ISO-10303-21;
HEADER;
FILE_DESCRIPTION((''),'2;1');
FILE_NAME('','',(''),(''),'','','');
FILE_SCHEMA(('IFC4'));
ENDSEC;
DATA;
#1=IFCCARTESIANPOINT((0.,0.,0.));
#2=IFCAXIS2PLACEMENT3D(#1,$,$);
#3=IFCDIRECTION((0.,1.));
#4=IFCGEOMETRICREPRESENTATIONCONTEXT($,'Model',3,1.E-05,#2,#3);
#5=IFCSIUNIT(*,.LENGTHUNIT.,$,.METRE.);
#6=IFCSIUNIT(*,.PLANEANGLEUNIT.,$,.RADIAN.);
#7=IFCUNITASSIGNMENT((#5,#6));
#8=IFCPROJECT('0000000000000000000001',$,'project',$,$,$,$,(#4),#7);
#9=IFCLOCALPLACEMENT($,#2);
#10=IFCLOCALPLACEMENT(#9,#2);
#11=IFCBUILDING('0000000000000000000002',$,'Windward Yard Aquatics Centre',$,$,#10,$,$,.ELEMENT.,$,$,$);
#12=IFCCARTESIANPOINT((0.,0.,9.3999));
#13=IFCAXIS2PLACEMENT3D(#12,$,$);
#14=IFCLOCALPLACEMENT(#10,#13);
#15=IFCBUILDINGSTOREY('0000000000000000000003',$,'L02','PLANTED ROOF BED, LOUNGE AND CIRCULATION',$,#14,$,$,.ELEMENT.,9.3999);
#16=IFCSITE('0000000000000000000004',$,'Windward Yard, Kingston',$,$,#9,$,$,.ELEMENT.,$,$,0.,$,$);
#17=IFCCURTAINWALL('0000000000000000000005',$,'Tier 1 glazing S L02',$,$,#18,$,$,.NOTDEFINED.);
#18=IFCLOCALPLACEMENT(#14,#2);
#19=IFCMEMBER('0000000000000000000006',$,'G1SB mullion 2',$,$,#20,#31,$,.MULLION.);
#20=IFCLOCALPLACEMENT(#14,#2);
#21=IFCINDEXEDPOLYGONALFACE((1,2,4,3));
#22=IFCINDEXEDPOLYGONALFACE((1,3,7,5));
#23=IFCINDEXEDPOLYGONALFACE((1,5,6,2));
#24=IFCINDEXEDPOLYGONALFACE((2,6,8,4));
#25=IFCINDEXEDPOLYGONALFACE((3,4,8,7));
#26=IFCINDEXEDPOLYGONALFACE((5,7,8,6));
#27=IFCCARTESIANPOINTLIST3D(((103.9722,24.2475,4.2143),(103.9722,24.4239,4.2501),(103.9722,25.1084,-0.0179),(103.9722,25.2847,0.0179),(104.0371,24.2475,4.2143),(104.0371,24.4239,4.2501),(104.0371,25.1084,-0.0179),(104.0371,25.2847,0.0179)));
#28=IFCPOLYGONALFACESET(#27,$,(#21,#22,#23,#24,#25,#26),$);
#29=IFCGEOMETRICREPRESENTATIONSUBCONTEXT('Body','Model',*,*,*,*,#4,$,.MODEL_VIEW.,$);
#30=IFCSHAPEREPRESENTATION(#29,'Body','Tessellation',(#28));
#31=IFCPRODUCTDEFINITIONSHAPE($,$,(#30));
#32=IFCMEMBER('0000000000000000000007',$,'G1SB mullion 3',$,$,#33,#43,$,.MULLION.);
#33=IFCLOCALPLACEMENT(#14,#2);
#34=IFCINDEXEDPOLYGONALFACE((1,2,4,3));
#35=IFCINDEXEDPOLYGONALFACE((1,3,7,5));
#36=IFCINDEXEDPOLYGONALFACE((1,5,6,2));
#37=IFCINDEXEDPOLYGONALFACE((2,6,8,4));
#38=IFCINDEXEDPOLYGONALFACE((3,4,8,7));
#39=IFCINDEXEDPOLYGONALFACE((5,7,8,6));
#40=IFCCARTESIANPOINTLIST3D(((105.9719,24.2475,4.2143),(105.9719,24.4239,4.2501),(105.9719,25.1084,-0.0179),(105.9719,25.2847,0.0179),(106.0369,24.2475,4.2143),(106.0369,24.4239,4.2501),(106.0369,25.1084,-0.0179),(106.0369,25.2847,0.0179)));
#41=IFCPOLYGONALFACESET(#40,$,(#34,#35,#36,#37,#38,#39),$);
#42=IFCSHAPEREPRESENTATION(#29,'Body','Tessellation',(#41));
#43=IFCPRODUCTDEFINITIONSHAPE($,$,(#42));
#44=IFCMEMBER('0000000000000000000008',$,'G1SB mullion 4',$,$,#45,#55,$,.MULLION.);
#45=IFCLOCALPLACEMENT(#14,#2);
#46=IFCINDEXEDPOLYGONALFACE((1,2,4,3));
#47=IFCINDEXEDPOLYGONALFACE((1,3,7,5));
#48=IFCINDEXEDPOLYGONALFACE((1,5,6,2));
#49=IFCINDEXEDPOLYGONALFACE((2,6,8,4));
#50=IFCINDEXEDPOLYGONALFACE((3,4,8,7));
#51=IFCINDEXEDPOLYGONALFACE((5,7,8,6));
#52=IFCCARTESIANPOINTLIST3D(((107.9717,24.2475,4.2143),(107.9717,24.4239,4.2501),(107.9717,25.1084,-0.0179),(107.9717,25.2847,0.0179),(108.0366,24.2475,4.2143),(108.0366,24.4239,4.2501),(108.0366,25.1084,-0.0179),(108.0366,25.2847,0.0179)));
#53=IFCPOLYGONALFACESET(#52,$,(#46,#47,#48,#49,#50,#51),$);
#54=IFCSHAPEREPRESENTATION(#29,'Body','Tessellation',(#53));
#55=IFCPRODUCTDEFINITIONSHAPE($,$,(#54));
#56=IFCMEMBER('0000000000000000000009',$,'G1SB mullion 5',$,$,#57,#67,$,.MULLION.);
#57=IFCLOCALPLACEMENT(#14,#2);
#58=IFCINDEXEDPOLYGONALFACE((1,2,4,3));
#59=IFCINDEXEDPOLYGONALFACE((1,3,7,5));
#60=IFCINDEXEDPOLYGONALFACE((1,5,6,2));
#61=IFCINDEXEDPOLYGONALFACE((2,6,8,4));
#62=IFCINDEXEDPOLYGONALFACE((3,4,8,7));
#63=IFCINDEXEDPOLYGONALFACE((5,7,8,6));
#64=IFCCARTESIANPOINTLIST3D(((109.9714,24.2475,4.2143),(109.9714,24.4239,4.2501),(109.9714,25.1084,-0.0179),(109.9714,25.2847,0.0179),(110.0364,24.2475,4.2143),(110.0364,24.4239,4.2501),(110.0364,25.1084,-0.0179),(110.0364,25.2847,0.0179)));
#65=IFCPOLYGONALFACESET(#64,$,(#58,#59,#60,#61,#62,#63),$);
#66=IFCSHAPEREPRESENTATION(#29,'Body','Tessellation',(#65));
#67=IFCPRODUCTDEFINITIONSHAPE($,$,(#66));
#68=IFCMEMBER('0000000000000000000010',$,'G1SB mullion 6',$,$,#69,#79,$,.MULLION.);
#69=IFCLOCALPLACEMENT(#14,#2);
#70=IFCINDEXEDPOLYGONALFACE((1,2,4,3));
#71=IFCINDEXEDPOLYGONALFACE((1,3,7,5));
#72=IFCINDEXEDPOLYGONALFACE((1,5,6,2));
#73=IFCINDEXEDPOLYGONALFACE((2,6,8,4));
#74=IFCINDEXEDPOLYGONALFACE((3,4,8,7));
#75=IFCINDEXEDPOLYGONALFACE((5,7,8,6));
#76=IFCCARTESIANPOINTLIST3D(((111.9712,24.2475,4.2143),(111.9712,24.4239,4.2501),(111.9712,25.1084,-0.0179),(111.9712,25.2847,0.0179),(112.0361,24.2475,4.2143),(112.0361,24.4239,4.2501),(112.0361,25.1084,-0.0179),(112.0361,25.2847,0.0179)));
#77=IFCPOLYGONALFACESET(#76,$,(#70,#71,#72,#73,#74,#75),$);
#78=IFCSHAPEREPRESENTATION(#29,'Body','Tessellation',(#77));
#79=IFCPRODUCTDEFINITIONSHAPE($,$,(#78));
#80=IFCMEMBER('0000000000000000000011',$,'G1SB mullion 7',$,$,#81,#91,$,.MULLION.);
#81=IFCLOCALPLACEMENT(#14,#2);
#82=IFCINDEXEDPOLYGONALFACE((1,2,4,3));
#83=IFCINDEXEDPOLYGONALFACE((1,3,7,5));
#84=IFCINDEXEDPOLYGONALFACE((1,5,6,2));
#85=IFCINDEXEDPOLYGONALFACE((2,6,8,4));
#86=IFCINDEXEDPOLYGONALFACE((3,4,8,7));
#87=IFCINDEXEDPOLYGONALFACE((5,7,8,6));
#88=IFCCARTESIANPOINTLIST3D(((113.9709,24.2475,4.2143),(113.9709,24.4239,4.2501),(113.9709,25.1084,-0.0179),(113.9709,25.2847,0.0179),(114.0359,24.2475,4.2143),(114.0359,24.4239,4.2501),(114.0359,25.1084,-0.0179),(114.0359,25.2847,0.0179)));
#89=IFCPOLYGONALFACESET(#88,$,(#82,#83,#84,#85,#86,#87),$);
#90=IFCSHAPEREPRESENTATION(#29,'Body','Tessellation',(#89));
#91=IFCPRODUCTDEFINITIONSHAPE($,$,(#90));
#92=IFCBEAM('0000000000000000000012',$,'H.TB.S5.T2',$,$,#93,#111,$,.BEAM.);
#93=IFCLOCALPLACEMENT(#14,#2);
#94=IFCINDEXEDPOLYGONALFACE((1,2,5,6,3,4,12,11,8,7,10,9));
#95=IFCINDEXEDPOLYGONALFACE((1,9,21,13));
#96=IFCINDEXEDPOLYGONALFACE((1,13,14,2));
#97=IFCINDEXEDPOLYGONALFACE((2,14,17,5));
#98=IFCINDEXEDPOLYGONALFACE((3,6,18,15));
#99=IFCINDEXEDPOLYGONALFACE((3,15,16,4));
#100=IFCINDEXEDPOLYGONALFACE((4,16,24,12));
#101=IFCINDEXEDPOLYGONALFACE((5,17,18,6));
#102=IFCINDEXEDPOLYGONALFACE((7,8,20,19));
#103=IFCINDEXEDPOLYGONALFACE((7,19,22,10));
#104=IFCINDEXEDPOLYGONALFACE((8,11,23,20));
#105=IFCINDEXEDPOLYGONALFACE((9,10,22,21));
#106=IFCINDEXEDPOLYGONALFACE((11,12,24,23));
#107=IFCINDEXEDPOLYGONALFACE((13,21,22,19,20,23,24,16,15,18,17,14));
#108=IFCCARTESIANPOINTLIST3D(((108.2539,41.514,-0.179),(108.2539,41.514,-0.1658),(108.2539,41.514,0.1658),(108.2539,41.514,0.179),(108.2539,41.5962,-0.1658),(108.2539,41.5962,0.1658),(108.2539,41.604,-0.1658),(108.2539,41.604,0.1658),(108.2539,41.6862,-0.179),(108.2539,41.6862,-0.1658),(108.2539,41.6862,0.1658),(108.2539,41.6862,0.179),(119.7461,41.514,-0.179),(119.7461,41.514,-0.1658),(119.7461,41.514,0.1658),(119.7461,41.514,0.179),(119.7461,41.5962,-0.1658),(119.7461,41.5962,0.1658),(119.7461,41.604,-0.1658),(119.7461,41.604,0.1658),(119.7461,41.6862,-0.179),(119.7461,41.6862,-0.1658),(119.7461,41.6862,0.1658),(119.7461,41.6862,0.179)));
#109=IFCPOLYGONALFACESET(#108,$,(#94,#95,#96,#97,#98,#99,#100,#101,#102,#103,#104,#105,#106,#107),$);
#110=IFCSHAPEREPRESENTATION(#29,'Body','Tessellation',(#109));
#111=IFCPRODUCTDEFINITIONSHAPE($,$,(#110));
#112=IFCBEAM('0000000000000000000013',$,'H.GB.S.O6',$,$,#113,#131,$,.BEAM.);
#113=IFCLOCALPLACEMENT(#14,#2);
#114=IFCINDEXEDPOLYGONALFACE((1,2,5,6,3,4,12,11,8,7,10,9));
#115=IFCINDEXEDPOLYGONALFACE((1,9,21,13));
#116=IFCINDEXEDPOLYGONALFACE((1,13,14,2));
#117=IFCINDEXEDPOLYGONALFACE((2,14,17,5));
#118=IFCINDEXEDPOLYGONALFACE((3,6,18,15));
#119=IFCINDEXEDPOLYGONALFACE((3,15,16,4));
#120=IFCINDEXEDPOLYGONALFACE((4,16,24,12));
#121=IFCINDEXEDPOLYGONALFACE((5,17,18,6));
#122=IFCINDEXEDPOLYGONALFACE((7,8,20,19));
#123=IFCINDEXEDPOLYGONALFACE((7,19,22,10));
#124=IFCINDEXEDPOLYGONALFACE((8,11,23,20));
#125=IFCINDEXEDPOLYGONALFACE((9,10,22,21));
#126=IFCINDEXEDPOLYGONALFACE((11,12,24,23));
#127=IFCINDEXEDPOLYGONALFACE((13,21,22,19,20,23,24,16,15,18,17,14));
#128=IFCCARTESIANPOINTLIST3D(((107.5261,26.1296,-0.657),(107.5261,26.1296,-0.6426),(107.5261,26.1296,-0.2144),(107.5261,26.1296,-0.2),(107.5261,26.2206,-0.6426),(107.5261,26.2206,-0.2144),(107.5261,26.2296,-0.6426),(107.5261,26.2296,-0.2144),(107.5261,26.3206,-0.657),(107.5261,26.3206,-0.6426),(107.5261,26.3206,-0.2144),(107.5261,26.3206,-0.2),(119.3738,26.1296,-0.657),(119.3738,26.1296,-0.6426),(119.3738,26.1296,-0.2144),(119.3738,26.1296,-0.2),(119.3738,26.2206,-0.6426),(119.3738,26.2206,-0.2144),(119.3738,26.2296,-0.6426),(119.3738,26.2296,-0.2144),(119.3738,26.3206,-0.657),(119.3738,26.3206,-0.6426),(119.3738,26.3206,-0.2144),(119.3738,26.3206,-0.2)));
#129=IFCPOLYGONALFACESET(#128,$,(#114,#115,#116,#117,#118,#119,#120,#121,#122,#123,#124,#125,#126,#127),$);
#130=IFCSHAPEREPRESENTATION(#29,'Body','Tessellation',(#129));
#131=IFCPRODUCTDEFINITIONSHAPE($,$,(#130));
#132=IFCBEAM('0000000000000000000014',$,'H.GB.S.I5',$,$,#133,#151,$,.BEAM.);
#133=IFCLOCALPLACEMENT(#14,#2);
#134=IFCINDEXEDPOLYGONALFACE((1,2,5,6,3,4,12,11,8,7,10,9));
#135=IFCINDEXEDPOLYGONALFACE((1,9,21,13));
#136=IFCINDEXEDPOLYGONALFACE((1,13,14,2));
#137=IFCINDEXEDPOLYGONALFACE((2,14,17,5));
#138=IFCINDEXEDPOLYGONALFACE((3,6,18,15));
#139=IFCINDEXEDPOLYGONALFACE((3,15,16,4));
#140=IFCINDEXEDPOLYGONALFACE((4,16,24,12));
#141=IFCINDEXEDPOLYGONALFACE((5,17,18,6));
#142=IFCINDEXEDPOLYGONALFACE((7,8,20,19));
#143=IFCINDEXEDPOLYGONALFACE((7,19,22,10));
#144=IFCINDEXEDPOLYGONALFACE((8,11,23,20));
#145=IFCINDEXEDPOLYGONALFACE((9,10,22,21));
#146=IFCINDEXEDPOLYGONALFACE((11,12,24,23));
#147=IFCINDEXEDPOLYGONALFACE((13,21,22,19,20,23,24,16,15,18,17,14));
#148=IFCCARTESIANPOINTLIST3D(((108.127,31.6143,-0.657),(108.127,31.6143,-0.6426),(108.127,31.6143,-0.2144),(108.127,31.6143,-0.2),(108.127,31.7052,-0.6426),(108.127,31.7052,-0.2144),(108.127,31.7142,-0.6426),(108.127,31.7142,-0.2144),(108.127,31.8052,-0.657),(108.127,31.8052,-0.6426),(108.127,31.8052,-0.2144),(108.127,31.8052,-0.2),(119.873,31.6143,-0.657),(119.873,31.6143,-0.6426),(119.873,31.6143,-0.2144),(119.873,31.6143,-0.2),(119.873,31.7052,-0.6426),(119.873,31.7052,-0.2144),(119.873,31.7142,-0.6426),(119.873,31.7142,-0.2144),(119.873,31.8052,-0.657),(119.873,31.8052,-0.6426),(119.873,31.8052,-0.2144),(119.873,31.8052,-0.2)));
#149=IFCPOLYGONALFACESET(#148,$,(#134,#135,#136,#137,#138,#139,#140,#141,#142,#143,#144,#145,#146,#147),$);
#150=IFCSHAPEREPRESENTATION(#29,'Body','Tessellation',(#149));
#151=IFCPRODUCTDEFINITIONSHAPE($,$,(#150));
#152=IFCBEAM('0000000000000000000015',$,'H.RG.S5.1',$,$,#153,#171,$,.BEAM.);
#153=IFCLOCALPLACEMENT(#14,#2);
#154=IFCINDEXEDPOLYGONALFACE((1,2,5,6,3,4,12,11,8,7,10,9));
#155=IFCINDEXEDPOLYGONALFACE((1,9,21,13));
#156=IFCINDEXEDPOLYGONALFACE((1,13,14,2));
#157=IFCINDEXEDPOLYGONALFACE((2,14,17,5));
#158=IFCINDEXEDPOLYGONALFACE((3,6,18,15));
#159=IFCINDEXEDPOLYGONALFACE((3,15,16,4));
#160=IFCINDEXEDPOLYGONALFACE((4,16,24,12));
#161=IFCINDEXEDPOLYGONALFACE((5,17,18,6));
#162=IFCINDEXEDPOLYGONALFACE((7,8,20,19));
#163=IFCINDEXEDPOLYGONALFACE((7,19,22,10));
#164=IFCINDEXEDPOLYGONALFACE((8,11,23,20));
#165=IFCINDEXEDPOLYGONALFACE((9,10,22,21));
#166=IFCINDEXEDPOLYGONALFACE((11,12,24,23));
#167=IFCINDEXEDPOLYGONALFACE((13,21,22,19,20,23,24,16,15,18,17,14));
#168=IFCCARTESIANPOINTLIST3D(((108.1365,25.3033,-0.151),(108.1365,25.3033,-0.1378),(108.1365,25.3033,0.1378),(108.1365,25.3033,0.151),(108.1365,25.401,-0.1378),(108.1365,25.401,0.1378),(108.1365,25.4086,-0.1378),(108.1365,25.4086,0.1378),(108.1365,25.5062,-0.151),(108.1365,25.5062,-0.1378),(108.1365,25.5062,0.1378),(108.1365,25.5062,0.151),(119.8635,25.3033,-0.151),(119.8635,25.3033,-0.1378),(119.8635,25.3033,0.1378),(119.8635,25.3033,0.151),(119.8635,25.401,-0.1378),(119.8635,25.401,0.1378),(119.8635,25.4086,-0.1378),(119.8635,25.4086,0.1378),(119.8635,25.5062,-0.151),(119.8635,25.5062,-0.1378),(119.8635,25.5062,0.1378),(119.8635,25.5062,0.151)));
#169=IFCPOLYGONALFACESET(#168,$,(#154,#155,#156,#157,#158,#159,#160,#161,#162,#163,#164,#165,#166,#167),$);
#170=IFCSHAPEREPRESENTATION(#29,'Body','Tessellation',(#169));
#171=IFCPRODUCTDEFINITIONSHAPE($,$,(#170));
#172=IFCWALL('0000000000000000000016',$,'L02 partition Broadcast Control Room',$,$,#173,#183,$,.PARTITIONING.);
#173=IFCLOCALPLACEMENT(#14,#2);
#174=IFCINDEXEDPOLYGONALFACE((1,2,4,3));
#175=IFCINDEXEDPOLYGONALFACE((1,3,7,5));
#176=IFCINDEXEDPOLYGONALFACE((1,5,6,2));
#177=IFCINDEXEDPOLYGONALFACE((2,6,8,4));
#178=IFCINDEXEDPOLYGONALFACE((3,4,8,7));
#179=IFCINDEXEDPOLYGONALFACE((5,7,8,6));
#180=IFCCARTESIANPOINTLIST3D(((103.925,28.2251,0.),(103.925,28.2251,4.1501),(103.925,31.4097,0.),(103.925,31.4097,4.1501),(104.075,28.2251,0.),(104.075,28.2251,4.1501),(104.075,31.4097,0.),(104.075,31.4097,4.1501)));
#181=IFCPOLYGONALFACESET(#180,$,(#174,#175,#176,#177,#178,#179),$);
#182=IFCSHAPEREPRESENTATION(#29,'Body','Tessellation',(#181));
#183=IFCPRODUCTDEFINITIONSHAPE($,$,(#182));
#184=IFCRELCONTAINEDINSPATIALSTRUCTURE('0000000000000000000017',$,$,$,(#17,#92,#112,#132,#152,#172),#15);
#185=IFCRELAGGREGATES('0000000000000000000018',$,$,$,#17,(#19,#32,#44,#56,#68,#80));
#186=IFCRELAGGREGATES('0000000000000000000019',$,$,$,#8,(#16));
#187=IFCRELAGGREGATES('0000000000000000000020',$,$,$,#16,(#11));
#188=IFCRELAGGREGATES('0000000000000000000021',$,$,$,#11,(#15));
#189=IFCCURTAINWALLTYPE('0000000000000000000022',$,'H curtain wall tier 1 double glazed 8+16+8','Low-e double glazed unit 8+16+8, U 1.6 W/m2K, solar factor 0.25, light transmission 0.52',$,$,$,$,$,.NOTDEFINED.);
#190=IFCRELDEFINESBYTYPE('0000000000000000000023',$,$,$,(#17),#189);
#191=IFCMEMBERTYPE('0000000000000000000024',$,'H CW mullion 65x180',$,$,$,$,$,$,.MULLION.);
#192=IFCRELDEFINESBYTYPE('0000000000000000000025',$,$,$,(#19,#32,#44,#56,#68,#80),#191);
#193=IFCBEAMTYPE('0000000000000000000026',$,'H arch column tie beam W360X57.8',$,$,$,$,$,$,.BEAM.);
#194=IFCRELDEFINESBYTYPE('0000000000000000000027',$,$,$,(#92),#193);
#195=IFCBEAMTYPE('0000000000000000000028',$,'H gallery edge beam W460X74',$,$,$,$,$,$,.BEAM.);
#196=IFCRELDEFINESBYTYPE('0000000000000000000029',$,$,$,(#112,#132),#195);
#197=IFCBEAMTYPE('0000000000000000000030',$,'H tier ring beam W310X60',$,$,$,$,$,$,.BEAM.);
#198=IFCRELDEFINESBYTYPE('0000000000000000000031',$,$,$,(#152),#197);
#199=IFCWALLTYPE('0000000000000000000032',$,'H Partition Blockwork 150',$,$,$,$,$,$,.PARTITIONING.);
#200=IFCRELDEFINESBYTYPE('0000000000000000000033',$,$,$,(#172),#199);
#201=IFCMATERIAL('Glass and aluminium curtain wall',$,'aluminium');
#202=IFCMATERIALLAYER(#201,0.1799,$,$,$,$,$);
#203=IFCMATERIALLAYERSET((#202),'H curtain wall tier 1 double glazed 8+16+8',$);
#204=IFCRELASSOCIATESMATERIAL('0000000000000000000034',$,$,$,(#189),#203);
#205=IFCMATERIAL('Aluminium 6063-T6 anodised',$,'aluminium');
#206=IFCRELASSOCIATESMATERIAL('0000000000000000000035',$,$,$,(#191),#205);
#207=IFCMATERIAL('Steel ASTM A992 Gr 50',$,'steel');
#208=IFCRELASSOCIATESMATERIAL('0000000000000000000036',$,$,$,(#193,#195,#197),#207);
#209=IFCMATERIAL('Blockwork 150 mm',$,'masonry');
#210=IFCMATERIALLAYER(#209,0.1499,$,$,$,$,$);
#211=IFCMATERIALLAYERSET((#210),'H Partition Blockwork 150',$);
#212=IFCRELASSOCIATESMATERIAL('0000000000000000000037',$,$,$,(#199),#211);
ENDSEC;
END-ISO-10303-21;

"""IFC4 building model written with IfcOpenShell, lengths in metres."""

from ifc_helpers import new_model, si_unit, direction, frame, frame_2d, origin, origin_2d, place, context, subcontext, project, spatial, rectangle, i_section, extrude, material, layer, layer_set, material_profile, profile_set, type_object, element, aggregate, save


model = new_model("IFC4")

# Units and contexts
model_context = context("Model", 3, precision=1e-05, world=origin(), true_north=direction((0.0, 1.0)))
body_context = subcontext(model_context, "Body", "Model", "MODEL_VIEW")
ifc_project = project(units=[si_unit("LENGTHUNIT", "METRE"), si_unit("PLANEANGLEUNIT", "RADIAN")], contexts=[model_context])

# Site, building, storey
site_placement = place(None, origin())
site = spatial("IfcSite", under=ifc_project, at=site_placement, Name="Windward Yard, Kingston", CompositionType="ELEMENT", RefElevation=0.0)
building_placement = place(site_placement, origin())
building = spatial("IfcBuilding", under=site, at=building_placement, Name="Windward Yard Aquatics Centre", CompositionType="ELEMENT")
storey_placement = place(building_placement, frame((0.0, 0.0, 9.3999)))
storey = spatial("IfcBuildingStorey", under=building, at=storey_placement, Name="L02", Description="PLANTED ROOF BED, LOUNGE AND CIRCULATION", CompositionType="ELEMENT", Elevation=9.3999)

# Curtain wall, members
ifc_material_1 = material(Name="Glass and aluminium curtain wall", Category="aluminium")
ifc_layer_1 = layer(ifc_material_1, 0.1799)
ifc_layer_set_1 = layer_set([ifc_layer_1], Name="H curtain wall tier 1 double glazed 8+16+8")
curtain_wall_type = type_object("IfcCurtainWallType", Name="H curtain wall tier 1 double glazed 8+16+8", Description="Low-e double glazed unit 8+16+8, U 1.6 W/m2K, solar factor 0.25, light transmission 0.52", PredefinedType="NOTDEFINED", material=ifc_layer_set_1)
curtain_wall_placement = place(storey_placement, origin())
curtain_wall = element("IfcCurtainWall", 1, at=curtain_wall_placement, inside=storey, type_object=curtain_wall_type, Name="Tier 1 glazing S L02", PredefinedType="NOTDEFINED")
ifc_material_2 = material(Name="Aluminium 6063-T6 anodised", Category="aluminium")
ifc_material_profile_1 = material_profile(ifc_material_2, rectangle(XDim=0.0649, YDim=0.1799, at=origin_2d()), Name="H CW mullion 65x180")
ifc_profile_set_1 = profile_set([ifc_material_profile_1], Name="Aluminium 6063-T6 anodised")
member_type = type_object("IfcMemberType", Name="H CW mullion 65x180", PredefinedType="MULLION", material=ifc_profile_set_1)
member_1_placement = place(storey_placement, frame((104.0046, 25.1965, 0.0), z_axis=(0.0, -0.199322, 0.979934), x_axis=(1.0, 0.0, 0.0)))
member_1 = element("IfcMember", 2, at=member_1_placement, type_object=member_type, Name="G1SB mullion 2", PredefinedType="MULLION", context=body_context, shape_type="SweptSolid", body=[
    extrude(rectangle(XDim=0.0649, YDim=0.1799, at=origin_2d()), origin(), (0.0, 0.0, 1.0), 4.3188),
])
member_2_placement = place(storey_placement, frame((106.0044, 25.1965, 0.0), z_axis=(0.0, -0.199322, 0.979934), x_axis=(1.0, 0.0, 0.0)))
member_2 = element("IfcMember", 3, at=member_2_placement, type_object=member_type, Name="G1SB mullion 3", PredefinedType="MULLION", context=body_context, shape_type="SweptSolid", body=[
    extrude(rectangle(XDim=0.0649, YDim=0.1799, at=origin_2d()), origin(), (0.0, 0.0, 1.0), 4.3188),
])
member_3_placement = place(storey_placement, frame((108.0042, 25.1965, 0.0), z_axis=(0.0, -0.199322, 0.979934), x_axis=(1.0, 0.0, 0.0)))
member_3 = element("IfcMember", 4, at=member_3_placement, type_object=member_type, Name="G1SB mullion 4", PredefinedType="MULLION", context=body_context, shape_type="SweptSolid", body=[
    extrude(rectangle(XDim=0.0649, YDim=0.1799, at=origin_2d()), origin(), (0.0, 0.0, 1.0), 4.3188),
])
member_4_placement = place(storey_placement, frame((110.0039, 25.1965, 0.0), z_axis=(0.0, -0.199322, 0.979934), x_axis=(1.0, 0.0, 0.0)))
member_4 = element("IfcMember", 5, at=member_4_placement, type_object=member_type, Name="G1SB mullion 5", PredefinedType="MULLION", context=body_context, shape_type="SweptSolid", body=[
    extrude(rectangle(XDim=0.0649, YDim=0.1799, at=origin_2d()), origin(), (0.0, 0.0, 1.0), 4.3188),
])
member_5_placement = place(storey_placement, frame((112.0037, 25.1965, 0.0), z_axis=(0.0, -0.199322, 0.979934), x_axis=(1.0, 0.0, 0.0)))
member_5 = element("IfcMember", 6, at=member_5_placement, type_object=member_type, Name="G1SB mullion 6", PredefinedType="MULLION", context=body_context, shape_type="SweptSolid", body=[
    extrude(rectangle(XDim=0.0649, YDim=0.1799, at=origin_2d()), origin(), (0.0, 0.0, 1.0), 4.3188),
])
member_6_placement = place(storey_placement, frame((114.0034, 25.1965, 0.0), z_axis=(0.0, -0.199322, 0.979934), x_axis=(1.0, 0.0, 0.0)))
member_6 = element("IfcMember", 7, at=member_6_placement, type_object=member_type, Name="G1SB mullion 7", PredefinedType="MULLION", context=body_context, shape_type="SweptSolid", body=[
    extrude(rectangle(XDim=0.0649, YDim=0.1799, at=origin_2d()), origin(), (0.0, 0.0, 1.0), 4.3188),
])
aggregate(curtain_wall, [member_1, member_2, member_3, member_4, member_5, member_6])

# Beams
ifc_material_3 = material(Name="Steel ASTM A992 Gr 50", Category="steel")
ifc_material_profile_2 = material_profile(ifc_material_3, i_section(OverallWidth=0.1721, OverallDepth=0.3579, WebThickness=0.0078, FlangeThickness=0.0132, at=origin_2d()), Name="W360X57.8")
ifc_profile_set_2 = profile_set([ifc_material_profile_2], Name="Steel ASTM A992 Gr 50")
beam_type_1 = type_object("IfcBeamType", Name="H arch column tie beam W360X57.8", PredefinedType="BEAM", material=ifc_profile_set_2)
beam_1_placement = place(storey_placement, frame((108.2539, 41.6001, 0.0), z_axis=(1.0, 0.0, 0.0), x_axis=(0.0, 1.0, 0.0)))
element("IfcBeam", 8, at=beam_1_placement, inside=storey, type_object=beam_type_1, Name="H.TB.S5.T2", PredefinedType="BEAM", context=body_context, shape_type="SweptSolid", body=[
    extrude(i_section(OverallWidth=0.1721, OverallDepth=0.3579, WebThickness=0.0078, FlangeThickness=0.0132, at=origin_2d()), origin(), (0.0, 0.0, 1.0), 11.4922),
])
ifc_material_profile_3 = material_profile(ifc_material_3, i_section(OverallWidth=0.1909, OverallDepth=0.457, WebThickness=0.009, FlangeThickness=0.0144, at=origin_2d()), Name="W460X74")
ifc_profile_set_3 = profile_set([ifc_material_profile_3], Name="Steel ASTM A992 Gr 50")
beam_type_2 = type_object("IfcBeamType", Name="H gallery edge beam W460X74", PredefinedType="BEAM", material=ifc_profile_set_3)
beam_2_placement = place(storey_placement, frame((107.5261, 26.2251, -0.4285), z_axis=(1.0, 0.0, 0.0), x_axis=(0.0, 1.0, 0.0)))
element("IfcBeam", 9, at=beam_2_placement, inside=storey, type_object=beam_type_2, Name="H.GB.S.O6", PredefinedType="BEAM", context=body_context, shape_type="SweptSolid", body=[
    extrude(i_section(OverallWidth=0.1909, OverallDepth=0.457, WebThickness=0.009, FlangeThickness=0.0144, at=origin_2d()), origin(), (0.0, 0.0, 1.0), 11.8477),
])
beam_3_placement = place(storey_placement, frame((108.127, 31.7097, -0.4285), z_axis=(1.0, 0.0, 0.0), x_axis=(0.0, 1.0, 0.0)))
element("IfcBeam", 10, at=beam_3_placement, inside=storey, type_object=beam_type_2, Name="H.GB.S.I5", PredefinedType="BEAM", context=body_context, shape_type="SweptSolid", body=[
    extrude(i_section(OverallWidth=0.1909, OverallDepth=0.457, WebThickness=0.009, FlangeThickness=0.0144, at=origin_2d()), origin(), (0.0, 0.0, 1.0), 11.7461),
])
ifc_material_profile_4 = material_profile(ifc_material_3, i_section(OverallWidth=0.2029, OverallDepth=0.302, WebThickness=0.0076, FlangeThickness=0.0132, at=origin_2d()), Name="W310X60")
ifc_profile_set_4 = profile_set([ifc_material_profile_4], Name="Steel ASTM A992 Gr 50")
beam_type_3 = type_object("IfcBeamType", Name="H tier ring beam W310X60", PredefinedType="BEAM", material=ifc_profile_set_4)
beam_4_placement = place(storey_placement, frame((108.1365, 25.4048, 0.0), z_axis=(1.0, 0.0, 0.0), x_axis=(0.0, 1.0, 0.0)))
element("IfcBeam", 11, at=beam_4_placement, inside=storey, type_object=beam_type_3, Name="H.RG.S5.1", PredefinedType="BEAM", context=body_context, shape_type="SweptSolid", body=[
    extrude(i_section(OverallWidth=0.2029, OverallDepth=0.302, WebThickness=0.0076, FlangeThickness=0.0132, at=origin_2d()), origin(), (0.0, 0.0, 1.0), 11.7271),
])

# Wall
ifc_material_4 = material(Name="Blockwork 150 mm", Category="masonry")
ifc_layer_2 = layer(ifc_material_4, 0.1499)
ifc_layer_set_2 = layer_set([ifc_layer_2], Name="H Partition Blockwork 150")
wall_type = type_object("IfcWallType", Name="H Partition Blockwork 150", PredefinedType="PARTITIONING", material=ifc_layer_set_2)
wall_1_placement = place(storey_placement, frame((104.0, 31.4097, 0.0), z_axis=(0.0, 0.0, 1.0), x_axis=(0.0, -1.0, 0.0)))
element("IfcWall", 12, at=wall_1_placement, inside=storey, type_object=wall_type, Name="L02 partition Broadcast Control Room", PredefinedType="PARTITIONING", context=body_context, shape_type="SweptSolid", body=[
    extrude(rectangle(XDim=3.1846, YDim=0.1499, at=frame_2d((1.5923, 0.0))), origin(), (0.0, 0.0, 1.0), 4.1501),
])

save(model, "model.ifc")
